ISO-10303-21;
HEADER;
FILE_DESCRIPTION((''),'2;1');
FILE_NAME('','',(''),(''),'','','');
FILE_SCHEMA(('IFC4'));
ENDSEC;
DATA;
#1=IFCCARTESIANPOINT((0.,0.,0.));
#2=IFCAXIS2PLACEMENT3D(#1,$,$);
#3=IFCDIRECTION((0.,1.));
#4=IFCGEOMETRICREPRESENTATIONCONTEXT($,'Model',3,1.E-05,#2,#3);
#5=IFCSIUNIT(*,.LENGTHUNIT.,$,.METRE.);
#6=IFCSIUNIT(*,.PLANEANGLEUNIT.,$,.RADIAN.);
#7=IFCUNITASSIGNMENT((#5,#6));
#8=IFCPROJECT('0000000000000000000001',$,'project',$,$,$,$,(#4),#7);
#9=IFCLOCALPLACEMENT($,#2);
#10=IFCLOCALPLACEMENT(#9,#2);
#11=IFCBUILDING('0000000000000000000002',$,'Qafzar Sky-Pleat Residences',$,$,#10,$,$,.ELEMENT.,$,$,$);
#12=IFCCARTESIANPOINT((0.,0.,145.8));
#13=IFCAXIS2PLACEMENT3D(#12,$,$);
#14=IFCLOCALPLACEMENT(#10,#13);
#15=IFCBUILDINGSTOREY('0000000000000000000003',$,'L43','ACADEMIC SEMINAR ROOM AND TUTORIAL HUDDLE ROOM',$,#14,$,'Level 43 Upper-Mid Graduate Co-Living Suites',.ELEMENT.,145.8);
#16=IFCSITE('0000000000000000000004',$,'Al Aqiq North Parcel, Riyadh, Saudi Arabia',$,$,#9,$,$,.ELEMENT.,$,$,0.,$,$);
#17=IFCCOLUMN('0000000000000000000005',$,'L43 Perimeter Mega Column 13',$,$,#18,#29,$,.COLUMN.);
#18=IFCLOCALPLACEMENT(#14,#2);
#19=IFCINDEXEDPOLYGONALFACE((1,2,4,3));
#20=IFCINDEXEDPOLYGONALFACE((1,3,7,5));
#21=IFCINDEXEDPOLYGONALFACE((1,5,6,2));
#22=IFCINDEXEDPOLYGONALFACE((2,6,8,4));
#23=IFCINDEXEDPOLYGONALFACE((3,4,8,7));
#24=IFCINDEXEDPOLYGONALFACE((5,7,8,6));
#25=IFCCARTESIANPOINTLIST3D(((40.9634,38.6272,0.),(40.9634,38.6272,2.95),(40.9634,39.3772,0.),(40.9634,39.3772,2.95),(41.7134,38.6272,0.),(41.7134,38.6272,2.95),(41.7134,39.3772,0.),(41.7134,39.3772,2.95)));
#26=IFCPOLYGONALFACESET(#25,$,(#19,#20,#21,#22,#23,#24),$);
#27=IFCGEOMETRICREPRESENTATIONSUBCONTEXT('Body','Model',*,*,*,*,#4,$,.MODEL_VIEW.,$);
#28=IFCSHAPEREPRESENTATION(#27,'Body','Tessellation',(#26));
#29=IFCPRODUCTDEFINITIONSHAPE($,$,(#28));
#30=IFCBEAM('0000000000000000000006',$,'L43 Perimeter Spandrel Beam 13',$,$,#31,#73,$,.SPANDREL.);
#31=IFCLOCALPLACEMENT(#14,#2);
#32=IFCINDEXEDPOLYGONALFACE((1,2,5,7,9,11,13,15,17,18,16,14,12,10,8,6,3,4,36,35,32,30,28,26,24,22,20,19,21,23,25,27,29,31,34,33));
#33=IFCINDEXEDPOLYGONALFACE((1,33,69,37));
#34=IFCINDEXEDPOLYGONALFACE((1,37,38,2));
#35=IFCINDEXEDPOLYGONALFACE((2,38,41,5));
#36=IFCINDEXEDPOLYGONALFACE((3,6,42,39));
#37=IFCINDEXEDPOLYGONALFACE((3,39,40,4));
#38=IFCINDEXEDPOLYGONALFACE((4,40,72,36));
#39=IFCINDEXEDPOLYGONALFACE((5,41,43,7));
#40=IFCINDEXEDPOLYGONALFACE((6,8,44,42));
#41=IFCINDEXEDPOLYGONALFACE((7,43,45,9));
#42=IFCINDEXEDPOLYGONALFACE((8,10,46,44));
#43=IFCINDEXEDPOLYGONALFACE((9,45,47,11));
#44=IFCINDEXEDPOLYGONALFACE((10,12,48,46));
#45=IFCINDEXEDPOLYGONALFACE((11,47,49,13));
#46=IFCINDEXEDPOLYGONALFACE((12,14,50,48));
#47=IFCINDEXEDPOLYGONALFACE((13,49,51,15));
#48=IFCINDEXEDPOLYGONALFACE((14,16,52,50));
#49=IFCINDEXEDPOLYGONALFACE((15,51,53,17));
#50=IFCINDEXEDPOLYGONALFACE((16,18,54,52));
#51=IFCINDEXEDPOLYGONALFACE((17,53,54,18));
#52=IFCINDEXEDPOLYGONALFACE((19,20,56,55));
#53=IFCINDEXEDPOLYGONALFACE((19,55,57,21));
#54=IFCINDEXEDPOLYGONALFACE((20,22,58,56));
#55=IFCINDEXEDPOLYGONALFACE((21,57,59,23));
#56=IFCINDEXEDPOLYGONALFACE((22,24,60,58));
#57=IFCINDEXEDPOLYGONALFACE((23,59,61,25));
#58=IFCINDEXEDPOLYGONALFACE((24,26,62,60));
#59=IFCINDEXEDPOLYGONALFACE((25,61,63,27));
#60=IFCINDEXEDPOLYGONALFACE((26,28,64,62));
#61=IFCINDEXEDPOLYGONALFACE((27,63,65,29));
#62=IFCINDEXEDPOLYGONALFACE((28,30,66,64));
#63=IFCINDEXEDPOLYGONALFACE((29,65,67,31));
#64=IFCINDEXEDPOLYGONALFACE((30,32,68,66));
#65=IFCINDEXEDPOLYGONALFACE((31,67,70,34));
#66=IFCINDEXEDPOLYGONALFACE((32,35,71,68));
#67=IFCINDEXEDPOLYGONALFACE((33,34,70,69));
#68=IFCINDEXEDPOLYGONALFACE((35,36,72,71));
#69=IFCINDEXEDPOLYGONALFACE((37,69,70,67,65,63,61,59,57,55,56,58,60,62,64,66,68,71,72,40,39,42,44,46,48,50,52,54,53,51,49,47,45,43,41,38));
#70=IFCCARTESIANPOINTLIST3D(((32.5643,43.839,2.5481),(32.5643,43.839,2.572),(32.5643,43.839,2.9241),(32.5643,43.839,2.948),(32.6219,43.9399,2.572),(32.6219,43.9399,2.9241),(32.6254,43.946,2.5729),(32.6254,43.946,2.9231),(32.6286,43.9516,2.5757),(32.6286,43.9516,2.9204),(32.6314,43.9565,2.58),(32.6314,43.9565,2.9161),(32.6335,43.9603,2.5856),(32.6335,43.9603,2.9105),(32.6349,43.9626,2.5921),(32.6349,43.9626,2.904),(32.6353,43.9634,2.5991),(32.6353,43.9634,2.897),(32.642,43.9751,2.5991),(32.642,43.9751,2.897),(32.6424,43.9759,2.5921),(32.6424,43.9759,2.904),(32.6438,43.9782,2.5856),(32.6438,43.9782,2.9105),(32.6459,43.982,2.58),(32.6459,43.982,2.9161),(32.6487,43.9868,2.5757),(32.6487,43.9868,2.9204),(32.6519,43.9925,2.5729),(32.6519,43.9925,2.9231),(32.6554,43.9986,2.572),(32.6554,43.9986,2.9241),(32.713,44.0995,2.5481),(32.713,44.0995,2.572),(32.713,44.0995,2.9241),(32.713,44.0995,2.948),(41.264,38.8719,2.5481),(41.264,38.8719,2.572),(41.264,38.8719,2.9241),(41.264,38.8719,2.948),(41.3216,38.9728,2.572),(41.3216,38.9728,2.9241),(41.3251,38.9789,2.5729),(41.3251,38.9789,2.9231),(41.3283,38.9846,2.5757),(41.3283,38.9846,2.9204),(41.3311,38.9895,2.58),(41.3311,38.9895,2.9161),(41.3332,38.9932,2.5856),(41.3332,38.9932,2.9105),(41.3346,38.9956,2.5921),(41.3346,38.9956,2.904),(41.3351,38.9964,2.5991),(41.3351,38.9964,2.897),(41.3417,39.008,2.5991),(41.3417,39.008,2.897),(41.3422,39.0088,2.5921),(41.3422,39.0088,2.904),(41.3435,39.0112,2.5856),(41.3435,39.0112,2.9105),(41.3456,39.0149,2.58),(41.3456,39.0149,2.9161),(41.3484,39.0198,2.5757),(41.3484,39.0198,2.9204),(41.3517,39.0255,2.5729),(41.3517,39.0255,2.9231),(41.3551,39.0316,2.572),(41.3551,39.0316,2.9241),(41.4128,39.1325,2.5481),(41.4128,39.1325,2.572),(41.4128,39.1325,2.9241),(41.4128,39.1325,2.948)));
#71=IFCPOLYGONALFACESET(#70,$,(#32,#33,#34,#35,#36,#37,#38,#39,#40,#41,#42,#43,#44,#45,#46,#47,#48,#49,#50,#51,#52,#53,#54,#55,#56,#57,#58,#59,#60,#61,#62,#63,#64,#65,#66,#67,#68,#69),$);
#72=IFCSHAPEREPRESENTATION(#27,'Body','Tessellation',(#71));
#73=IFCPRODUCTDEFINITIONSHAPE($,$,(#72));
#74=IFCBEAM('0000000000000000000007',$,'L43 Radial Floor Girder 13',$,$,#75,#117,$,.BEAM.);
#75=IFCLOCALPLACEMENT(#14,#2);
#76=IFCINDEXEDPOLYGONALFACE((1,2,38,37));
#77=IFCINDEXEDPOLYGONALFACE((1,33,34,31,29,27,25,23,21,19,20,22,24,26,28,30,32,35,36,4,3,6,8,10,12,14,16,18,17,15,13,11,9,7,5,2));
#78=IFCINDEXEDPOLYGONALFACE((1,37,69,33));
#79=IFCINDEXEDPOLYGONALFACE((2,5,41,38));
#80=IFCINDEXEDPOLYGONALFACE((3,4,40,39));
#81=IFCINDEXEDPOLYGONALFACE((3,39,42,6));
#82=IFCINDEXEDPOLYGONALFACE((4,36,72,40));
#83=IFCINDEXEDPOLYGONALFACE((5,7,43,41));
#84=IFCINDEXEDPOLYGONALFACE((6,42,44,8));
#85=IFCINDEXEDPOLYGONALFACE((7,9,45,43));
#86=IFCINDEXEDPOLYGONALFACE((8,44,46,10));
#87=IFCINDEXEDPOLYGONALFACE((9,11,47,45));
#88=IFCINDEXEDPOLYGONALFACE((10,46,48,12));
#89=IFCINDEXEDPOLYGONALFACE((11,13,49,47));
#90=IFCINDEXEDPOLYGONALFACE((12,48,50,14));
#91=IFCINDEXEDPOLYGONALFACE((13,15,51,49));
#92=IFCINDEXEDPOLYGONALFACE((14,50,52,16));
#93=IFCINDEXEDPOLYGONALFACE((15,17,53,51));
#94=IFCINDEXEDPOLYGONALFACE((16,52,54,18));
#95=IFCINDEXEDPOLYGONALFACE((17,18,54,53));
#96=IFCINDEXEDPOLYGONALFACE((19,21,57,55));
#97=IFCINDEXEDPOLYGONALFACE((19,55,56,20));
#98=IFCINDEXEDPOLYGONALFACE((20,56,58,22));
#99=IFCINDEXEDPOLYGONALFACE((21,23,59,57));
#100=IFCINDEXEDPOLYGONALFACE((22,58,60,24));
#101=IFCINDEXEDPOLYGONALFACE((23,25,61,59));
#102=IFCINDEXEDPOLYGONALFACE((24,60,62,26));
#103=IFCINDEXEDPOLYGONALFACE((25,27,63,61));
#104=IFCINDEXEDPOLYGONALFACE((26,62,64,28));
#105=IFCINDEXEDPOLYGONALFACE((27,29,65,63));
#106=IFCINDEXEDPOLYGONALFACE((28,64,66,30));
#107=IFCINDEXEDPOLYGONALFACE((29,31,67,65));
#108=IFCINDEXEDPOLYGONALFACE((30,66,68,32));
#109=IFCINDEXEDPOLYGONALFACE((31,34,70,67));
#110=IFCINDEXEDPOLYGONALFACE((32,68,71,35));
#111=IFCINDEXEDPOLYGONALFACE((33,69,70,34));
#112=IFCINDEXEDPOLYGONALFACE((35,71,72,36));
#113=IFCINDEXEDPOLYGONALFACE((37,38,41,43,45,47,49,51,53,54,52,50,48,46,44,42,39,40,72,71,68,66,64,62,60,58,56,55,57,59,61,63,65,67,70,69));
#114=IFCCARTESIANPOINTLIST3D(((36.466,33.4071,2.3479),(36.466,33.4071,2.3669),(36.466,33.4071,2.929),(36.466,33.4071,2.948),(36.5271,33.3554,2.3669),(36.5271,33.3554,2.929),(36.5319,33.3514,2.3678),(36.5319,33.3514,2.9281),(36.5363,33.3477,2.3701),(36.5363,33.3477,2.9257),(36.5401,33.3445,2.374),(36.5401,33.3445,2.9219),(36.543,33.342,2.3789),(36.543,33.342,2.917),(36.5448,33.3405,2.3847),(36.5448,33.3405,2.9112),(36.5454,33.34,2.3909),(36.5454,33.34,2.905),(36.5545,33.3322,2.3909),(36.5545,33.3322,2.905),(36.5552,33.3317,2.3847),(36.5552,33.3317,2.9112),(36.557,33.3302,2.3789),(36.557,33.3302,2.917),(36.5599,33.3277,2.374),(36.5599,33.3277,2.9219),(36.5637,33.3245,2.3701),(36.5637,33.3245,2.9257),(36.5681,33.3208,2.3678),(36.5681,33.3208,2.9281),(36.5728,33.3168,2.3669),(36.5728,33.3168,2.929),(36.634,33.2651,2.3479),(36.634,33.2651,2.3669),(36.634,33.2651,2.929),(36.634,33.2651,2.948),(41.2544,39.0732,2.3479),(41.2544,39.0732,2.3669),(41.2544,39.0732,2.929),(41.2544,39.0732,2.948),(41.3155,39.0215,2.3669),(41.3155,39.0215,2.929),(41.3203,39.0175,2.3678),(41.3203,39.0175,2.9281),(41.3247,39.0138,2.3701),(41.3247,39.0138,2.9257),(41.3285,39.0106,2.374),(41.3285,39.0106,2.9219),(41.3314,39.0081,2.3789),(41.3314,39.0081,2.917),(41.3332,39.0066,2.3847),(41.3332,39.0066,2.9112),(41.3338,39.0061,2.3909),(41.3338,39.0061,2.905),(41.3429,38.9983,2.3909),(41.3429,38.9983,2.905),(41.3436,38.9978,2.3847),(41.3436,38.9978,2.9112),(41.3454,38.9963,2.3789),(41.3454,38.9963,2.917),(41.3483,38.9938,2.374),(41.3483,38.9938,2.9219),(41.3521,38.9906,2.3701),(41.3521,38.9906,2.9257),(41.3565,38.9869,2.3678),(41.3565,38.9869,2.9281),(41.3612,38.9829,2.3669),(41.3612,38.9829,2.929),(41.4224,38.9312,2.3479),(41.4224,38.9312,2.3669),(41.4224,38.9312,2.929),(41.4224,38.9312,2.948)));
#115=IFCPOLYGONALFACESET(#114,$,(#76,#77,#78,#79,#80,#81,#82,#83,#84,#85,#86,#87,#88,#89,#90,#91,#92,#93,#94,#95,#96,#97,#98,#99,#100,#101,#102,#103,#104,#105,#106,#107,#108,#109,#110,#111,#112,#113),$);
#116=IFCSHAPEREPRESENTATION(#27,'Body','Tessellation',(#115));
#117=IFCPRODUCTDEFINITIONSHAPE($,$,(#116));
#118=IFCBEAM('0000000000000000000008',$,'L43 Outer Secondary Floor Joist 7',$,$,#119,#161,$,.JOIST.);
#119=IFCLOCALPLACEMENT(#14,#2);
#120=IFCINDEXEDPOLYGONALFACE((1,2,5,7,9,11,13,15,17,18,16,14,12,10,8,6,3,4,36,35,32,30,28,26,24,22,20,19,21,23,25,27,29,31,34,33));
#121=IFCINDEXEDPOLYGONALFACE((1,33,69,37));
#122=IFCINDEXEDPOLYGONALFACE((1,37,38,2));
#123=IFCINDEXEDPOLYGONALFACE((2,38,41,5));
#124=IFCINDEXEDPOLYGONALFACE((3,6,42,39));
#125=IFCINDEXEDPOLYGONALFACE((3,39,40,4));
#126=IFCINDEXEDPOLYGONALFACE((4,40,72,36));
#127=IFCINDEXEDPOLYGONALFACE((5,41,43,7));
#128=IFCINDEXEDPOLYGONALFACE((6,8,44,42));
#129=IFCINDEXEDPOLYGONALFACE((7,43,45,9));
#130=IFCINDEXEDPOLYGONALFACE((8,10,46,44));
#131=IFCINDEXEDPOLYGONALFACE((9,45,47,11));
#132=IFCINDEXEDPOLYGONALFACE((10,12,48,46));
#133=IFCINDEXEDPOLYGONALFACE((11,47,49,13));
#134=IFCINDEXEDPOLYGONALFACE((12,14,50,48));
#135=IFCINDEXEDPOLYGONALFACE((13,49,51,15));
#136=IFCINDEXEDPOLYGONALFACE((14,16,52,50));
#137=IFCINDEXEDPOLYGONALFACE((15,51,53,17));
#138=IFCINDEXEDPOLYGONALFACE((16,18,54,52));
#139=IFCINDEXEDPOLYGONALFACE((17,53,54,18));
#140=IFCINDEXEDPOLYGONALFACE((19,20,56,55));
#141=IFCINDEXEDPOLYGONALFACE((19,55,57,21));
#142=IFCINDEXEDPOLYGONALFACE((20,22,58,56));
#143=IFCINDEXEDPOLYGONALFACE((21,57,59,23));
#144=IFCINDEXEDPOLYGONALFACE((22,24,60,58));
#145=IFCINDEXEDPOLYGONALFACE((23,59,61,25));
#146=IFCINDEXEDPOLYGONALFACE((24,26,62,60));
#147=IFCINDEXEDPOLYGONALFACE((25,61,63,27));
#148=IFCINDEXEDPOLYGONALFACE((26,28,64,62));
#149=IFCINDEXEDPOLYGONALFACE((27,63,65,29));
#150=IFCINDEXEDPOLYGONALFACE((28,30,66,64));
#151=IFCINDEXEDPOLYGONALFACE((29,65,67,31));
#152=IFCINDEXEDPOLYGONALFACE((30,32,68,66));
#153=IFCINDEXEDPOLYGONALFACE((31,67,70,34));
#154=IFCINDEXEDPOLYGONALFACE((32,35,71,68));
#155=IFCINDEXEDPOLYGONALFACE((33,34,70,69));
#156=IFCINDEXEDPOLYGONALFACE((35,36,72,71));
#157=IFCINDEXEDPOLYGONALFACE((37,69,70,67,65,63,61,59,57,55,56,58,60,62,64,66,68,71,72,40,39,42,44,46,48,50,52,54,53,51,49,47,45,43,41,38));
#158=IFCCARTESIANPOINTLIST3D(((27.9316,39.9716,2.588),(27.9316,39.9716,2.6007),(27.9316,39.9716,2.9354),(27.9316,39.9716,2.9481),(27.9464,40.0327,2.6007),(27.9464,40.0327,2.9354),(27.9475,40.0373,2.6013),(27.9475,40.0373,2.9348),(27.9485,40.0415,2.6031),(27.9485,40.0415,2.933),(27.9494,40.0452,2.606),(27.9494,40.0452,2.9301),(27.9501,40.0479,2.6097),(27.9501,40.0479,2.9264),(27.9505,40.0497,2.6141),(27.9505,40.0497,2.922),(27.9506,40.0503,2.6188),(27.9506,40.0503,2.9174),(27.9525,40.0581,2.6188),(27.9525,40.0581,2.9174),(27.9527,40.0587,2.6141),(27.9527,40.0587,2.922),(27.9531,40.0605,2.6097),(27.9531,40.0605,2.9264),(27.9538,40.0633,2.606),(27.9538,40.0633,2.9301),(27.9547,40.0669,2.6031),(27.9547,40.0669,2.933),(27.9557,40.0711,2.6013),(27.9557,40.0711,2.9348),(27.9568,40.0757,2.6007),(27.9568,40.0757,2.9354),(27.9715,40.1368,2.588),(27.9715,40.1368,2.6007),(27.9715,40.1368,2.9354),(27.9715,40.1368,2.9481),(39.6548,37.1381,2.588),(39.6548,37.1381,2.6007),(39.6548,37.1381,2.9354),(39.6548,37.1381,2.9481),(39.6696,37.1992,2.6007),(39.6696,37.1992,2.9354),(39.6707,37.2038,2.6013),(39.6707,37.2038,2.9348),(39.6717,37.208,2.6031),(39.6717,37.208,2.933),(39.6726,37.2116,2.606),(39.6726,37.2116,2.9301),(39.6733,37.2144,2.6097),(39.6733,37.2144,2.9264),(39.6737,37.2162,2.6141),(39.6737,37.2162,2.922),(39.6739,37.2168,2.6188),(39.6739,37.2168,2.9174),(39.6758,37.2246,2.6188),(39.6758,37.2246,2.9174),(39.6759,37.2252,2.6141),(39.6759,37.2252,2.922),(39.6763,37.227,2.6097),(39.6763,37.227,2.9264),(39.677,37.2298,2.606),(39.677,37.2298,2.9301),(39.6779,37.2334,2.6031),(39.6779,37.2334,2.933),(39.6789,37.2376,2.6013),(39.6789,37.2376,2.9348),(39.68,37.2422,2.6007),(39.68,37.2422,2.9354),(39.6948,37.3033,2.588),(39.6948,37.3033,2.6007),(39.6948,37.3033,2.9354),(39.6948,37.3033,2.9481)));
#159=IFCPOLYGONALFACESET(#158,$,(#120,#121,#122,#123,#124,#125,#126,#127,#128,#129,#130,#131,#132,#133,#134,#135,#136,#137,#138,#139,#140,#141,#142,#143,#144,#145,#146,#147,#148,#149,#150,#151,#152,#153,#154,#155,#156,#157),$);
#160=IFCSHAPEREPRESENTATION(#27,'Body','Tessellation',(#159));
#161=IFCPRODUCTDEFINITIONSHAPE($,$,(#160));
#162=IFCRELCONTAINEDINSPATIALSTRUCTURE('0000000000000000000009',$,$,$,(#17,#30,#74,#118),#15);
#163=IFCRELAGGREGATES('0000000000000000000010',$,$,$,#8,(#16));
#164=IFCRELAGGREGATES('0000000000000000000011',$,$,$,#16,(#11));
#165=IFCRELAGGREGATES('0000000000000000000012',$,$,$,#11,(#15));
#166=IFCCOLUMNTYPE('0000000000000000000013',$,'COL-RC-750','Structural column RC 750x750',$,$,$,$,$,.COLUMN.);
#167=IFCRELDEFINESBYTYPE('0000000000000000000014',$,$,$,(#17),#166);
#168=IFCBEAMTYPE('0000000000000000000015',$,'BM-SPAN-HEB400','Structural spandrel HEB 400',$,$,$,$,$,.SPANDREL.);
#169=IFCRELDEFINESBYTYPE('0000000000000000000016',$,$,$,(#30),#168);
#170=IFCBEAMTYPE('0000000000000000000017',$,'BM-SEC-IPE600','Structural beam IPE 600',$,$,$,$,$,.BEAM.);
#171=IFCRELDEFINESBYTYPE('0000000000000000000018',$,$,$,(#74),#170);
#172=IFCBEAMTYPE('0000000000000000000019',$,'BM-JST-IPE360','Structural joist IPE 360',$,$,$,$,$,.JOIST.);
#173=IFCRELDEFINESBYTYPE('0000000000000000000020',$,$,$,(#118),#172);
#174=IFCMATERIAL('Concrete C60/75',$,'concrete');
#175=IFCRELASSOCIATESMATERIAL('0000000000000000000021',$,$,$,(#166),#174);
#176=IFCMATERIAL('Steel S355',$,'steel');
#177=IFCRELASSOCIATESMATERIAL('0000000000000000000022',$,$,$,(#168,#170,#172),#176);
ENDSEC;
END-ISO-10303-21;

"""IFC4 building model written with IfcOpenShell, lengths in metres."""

from ifc_helpers import new_model, si_unit, direction, frame, origin, origin_2d, place, context, subcontext, project, spatial, rectangle, i_section, extrude, source, transform, mapped, material, material_profile, profile_set, type_object, element, save


model = new_model("IFC4")

# Units and contexts
model_context = context("Model", 3, precision=1e-05, world=origin(), true_north=direction((0.0, 1.0)))
body_context = subcontext(model_context, "Body", "Model", "MODEL_VIEW")
ifc_project = project(units=[si_unit("LENGTHUNIT", "METRE"), si_unit("PLANEANGLEUNIT", "RADIAN")], contexts=[model_context])

# Site, building, storey
site_placement = place(None, origin())
site = spatial("IfcSite", under=ifc_project, at=site_placement, Name="Al Aqiq North Parcel, Riyadh, Saudi Arabia", CompositionType="ELEMENT", RefElevation=0.0)
building_placement = place(site_placement, origin())
building = spatial("IfcBuilding", under=site, at=building_placement, Name="Qafzar Sky-Pleat Residences", CompositionType="ELEMENT")
storey_placement = place(building_placement, frame((0.0, 0.0, 145.8)))
storey = spatial("IfcBuildingStorey", under=building, at=storey_placement, Name="L43", Description="ACADEMIC SEMINAR ROOM AND TUTORIAL HUDDLE ROOM", LongName="Level 43 Upper-Mid Graduate Co-Living Suites", CompositionType="ELEMENT", Elevation=145.8)

# Column
ifc_material_1 = material(Name="Concrete C60/75", Category="concrete")
ifc_material_profile_1 = material_profile(ifc_material_1, rectangle(XDim=0.75, YDim=0.75, at=origin_2d()), Name="RC 750x750")
ifc_profile_set_1 = profile_set([ifc_material_profile_1], Name="Concrete C60/75")
column_type = type_object("IfcColumnType", Name="COL-RC-750", Description="Structural column RC 750x750", PredefinedType="COLUMN", material=ifc_profile_set_1)
shared_shape_1 = source(origin(), body_context, "Body", "SweptSolid", [
    extrude(rectangle(XDim=0.75, YDim=0.75, at=origin_2d()), origin(), (0.0, 0.0, 1.0), 2.95),
])
column_placement = place(storey_placement, frame((41.3384, 39.0022, 0.0), z_axis=(0.0, 0.0, 1.0), x_axis=(1.0, 0.0, 0.0)))
element("IfcColumn", 1, at=column_placement, inside=storey, type_object=column_type, Name="L43 Perimeter Mega Column 13", PredefinedType="COLUMN", context=body_context, shape_type="MappedRepresentation", body=[
    mapped(shared_shape_1, transform((0.0, 0.0, 0.0), x_axis=(1.0, 0.0, 0.0), y_axis=(0.0, 1.0, 0.0), z_axis=(0.0, 0.0, 1.0), scale=1.0)),
])

# Beams
ifc_material_2 = material(Name="Steel S355", Category="steel")
ifc_material_profile_2 = material_profile(ifc_material_2, i_section(OverallWidth=0.3, OverallDepth=0.3999, WebThickness=0.0134, FlangeThickness=0.0239, FilletRadius=0.0271, at=origin_2d()), Name="HEB 400")
ifc_profile_set_2 = profile_set([ifc_material_profile_2], Name="Steel S355")
beam_type_1 = type_object("IfcBeamType", Name="BM-SPAN-HEB400", Description="Structural spandrel HEB 400", PredefinedType="SPANDREL", material=ifc_profile_set_2)
shared_shape_2 = source(origin(), body_context, "Body", "SweptSolid", [
    extrude(i_section(OverallWidth=0.3, OverallDepth=0.3999, WebThickness=0.0134, FlangeThickness=0.0239, FilletRadius=0.0271, at=origin_2d()), origin(), (0.0, 0.0, 1.0), 10.0178),
])
beam_1_placement = place(storey_placement, frame((41.3384, 39.0022, 2.748), z_axis=(-0.868425, 0.495821, 0.0), x_axis=(-0.495821, -0.868425, 0.0)))
element("IfcBeam", 2, at=beam_1_placement, inside=storey, type_object=beam_type_1, Name="L43 Perimeter Spandrel Beam 13", PredefinedType="SPANDREL", context=body_context, shape_type="MappedRepresentation", body=[
    mapped(shared_shape_2, transform((0.0, 0.0, 0.0), x_axis=(1.0, 0.0, 0.0), y_axis=(0.0, 1.0, 0.0), z_axis=(0.0, 0.0, 1.0), scale=1.0)),
])
ifc_material_profile_3 = material_profile(ifc_material_2, i_section(OverallWidth=0.22, OverallDepth=0.6001, WebThickness=0.012, FlangeThickness=0.019, FilletRadius=0.0239, at=origin_2d()), Name="IPE 600")
ifc_profile_set_3 = profile_set([ifc_material_profile_3], Name="Steel S355")
beam_type_2 = type_object("IfcBeamType", Name="BM-SEC-IPE600", Description="Structural beam IPE 600", PredefinedType="BEAM", material=ifc_profile_set_3)
shared_shape_3 = source(origin(), body_context, "Body", "SweptSolid", [
    extrude(i_section(OverallWidth=0.22, OverallDepth=0.6001, WebThickness=0.012, FlangeThickness=0.019, FilletRadius=0.0239, at=origin_2d()), origin(), (0.0, 0.0, 1.0), 7.4185),
])
beam_2_placement = place(storey_placement, frame((41.3384, 39.0022, 2.6479), z_axis=(-0.645472, -0.763784, 0.0), x_axis=(0.763784, -0.645472, 0.0)))
element("IfcBeam", 3, at=beam_2_placement, inside=storey, type_object=beam_type_2, Name="L43 Radial Floor Girder 13", PredefinedType="BEAM", context=body_context, shape_type="MappedRepresentation", body=[
    mapped(shared_shape_3, transform((0.0, 0.0, 0.0), x_axis=(1.0, 0.0, 0.0), y_axis=(0.0, 1.0, 0.0), z_axis=(0.0, 0.0, 1.0), scale=1.0)),
])
ifc_material_profile_4 = material_profile(ifc_material_2, i_section(OverallWidth=0.1699, OverallDepth=0.3601, WebThickness=0.0081, FlangeThickness=0.0127, FilletRadius=0.0181, at=origin_2d()), Name="IPE 360")
ifc_profile_set_4 = profile_set([ifc_material_profile_4], Name="Steel S355")
beam_type_3 = type_object("IfcBeamType", Name="BM-JST-IPE360", Description="Structural joist IPE 360", PredefinedType="JOIST", material=ifc_profile_set_4)
shared_shape_4 = source(origin(), body_context, "Body", "SweptSolid", [
    extrude(i_section(OverallWidth=0.1699, OverallDepth=0.3601, WebThickness=0.0081, FlangeThickness=0.0127, FilletRadius=0.0181, at=origin_2d()), origin(), (0.0, 0.0, 1.0), 12.0608),
])
beam_3_placement = place(storey_placement, frame((39.6748, 37.2207, 2.7681), z_axis=(-0.972011, 0.234936, 0.0), x_axis=(-0.234936, -0.972011, 0.0)))
element("IfcBeam", 4, at=beam_3_placement, inside=storey, type_object=beam_type_3, Name="L43 Outer Secondary Floor Joist 7", PredefinedType="JOIST", context=body_context, shape_type="MappedRepresentation", body=[
    mapped(shared_shape_4, transform((0.0, 0.0, 0.0), x_axis=(1.0, 0.0, 0.0), y_axis=(0.0, 1.0, 0.0), z_axis=(0.0, 0.0, 1.0), scale=1.0)),
])

save(model, "model.ifc")
